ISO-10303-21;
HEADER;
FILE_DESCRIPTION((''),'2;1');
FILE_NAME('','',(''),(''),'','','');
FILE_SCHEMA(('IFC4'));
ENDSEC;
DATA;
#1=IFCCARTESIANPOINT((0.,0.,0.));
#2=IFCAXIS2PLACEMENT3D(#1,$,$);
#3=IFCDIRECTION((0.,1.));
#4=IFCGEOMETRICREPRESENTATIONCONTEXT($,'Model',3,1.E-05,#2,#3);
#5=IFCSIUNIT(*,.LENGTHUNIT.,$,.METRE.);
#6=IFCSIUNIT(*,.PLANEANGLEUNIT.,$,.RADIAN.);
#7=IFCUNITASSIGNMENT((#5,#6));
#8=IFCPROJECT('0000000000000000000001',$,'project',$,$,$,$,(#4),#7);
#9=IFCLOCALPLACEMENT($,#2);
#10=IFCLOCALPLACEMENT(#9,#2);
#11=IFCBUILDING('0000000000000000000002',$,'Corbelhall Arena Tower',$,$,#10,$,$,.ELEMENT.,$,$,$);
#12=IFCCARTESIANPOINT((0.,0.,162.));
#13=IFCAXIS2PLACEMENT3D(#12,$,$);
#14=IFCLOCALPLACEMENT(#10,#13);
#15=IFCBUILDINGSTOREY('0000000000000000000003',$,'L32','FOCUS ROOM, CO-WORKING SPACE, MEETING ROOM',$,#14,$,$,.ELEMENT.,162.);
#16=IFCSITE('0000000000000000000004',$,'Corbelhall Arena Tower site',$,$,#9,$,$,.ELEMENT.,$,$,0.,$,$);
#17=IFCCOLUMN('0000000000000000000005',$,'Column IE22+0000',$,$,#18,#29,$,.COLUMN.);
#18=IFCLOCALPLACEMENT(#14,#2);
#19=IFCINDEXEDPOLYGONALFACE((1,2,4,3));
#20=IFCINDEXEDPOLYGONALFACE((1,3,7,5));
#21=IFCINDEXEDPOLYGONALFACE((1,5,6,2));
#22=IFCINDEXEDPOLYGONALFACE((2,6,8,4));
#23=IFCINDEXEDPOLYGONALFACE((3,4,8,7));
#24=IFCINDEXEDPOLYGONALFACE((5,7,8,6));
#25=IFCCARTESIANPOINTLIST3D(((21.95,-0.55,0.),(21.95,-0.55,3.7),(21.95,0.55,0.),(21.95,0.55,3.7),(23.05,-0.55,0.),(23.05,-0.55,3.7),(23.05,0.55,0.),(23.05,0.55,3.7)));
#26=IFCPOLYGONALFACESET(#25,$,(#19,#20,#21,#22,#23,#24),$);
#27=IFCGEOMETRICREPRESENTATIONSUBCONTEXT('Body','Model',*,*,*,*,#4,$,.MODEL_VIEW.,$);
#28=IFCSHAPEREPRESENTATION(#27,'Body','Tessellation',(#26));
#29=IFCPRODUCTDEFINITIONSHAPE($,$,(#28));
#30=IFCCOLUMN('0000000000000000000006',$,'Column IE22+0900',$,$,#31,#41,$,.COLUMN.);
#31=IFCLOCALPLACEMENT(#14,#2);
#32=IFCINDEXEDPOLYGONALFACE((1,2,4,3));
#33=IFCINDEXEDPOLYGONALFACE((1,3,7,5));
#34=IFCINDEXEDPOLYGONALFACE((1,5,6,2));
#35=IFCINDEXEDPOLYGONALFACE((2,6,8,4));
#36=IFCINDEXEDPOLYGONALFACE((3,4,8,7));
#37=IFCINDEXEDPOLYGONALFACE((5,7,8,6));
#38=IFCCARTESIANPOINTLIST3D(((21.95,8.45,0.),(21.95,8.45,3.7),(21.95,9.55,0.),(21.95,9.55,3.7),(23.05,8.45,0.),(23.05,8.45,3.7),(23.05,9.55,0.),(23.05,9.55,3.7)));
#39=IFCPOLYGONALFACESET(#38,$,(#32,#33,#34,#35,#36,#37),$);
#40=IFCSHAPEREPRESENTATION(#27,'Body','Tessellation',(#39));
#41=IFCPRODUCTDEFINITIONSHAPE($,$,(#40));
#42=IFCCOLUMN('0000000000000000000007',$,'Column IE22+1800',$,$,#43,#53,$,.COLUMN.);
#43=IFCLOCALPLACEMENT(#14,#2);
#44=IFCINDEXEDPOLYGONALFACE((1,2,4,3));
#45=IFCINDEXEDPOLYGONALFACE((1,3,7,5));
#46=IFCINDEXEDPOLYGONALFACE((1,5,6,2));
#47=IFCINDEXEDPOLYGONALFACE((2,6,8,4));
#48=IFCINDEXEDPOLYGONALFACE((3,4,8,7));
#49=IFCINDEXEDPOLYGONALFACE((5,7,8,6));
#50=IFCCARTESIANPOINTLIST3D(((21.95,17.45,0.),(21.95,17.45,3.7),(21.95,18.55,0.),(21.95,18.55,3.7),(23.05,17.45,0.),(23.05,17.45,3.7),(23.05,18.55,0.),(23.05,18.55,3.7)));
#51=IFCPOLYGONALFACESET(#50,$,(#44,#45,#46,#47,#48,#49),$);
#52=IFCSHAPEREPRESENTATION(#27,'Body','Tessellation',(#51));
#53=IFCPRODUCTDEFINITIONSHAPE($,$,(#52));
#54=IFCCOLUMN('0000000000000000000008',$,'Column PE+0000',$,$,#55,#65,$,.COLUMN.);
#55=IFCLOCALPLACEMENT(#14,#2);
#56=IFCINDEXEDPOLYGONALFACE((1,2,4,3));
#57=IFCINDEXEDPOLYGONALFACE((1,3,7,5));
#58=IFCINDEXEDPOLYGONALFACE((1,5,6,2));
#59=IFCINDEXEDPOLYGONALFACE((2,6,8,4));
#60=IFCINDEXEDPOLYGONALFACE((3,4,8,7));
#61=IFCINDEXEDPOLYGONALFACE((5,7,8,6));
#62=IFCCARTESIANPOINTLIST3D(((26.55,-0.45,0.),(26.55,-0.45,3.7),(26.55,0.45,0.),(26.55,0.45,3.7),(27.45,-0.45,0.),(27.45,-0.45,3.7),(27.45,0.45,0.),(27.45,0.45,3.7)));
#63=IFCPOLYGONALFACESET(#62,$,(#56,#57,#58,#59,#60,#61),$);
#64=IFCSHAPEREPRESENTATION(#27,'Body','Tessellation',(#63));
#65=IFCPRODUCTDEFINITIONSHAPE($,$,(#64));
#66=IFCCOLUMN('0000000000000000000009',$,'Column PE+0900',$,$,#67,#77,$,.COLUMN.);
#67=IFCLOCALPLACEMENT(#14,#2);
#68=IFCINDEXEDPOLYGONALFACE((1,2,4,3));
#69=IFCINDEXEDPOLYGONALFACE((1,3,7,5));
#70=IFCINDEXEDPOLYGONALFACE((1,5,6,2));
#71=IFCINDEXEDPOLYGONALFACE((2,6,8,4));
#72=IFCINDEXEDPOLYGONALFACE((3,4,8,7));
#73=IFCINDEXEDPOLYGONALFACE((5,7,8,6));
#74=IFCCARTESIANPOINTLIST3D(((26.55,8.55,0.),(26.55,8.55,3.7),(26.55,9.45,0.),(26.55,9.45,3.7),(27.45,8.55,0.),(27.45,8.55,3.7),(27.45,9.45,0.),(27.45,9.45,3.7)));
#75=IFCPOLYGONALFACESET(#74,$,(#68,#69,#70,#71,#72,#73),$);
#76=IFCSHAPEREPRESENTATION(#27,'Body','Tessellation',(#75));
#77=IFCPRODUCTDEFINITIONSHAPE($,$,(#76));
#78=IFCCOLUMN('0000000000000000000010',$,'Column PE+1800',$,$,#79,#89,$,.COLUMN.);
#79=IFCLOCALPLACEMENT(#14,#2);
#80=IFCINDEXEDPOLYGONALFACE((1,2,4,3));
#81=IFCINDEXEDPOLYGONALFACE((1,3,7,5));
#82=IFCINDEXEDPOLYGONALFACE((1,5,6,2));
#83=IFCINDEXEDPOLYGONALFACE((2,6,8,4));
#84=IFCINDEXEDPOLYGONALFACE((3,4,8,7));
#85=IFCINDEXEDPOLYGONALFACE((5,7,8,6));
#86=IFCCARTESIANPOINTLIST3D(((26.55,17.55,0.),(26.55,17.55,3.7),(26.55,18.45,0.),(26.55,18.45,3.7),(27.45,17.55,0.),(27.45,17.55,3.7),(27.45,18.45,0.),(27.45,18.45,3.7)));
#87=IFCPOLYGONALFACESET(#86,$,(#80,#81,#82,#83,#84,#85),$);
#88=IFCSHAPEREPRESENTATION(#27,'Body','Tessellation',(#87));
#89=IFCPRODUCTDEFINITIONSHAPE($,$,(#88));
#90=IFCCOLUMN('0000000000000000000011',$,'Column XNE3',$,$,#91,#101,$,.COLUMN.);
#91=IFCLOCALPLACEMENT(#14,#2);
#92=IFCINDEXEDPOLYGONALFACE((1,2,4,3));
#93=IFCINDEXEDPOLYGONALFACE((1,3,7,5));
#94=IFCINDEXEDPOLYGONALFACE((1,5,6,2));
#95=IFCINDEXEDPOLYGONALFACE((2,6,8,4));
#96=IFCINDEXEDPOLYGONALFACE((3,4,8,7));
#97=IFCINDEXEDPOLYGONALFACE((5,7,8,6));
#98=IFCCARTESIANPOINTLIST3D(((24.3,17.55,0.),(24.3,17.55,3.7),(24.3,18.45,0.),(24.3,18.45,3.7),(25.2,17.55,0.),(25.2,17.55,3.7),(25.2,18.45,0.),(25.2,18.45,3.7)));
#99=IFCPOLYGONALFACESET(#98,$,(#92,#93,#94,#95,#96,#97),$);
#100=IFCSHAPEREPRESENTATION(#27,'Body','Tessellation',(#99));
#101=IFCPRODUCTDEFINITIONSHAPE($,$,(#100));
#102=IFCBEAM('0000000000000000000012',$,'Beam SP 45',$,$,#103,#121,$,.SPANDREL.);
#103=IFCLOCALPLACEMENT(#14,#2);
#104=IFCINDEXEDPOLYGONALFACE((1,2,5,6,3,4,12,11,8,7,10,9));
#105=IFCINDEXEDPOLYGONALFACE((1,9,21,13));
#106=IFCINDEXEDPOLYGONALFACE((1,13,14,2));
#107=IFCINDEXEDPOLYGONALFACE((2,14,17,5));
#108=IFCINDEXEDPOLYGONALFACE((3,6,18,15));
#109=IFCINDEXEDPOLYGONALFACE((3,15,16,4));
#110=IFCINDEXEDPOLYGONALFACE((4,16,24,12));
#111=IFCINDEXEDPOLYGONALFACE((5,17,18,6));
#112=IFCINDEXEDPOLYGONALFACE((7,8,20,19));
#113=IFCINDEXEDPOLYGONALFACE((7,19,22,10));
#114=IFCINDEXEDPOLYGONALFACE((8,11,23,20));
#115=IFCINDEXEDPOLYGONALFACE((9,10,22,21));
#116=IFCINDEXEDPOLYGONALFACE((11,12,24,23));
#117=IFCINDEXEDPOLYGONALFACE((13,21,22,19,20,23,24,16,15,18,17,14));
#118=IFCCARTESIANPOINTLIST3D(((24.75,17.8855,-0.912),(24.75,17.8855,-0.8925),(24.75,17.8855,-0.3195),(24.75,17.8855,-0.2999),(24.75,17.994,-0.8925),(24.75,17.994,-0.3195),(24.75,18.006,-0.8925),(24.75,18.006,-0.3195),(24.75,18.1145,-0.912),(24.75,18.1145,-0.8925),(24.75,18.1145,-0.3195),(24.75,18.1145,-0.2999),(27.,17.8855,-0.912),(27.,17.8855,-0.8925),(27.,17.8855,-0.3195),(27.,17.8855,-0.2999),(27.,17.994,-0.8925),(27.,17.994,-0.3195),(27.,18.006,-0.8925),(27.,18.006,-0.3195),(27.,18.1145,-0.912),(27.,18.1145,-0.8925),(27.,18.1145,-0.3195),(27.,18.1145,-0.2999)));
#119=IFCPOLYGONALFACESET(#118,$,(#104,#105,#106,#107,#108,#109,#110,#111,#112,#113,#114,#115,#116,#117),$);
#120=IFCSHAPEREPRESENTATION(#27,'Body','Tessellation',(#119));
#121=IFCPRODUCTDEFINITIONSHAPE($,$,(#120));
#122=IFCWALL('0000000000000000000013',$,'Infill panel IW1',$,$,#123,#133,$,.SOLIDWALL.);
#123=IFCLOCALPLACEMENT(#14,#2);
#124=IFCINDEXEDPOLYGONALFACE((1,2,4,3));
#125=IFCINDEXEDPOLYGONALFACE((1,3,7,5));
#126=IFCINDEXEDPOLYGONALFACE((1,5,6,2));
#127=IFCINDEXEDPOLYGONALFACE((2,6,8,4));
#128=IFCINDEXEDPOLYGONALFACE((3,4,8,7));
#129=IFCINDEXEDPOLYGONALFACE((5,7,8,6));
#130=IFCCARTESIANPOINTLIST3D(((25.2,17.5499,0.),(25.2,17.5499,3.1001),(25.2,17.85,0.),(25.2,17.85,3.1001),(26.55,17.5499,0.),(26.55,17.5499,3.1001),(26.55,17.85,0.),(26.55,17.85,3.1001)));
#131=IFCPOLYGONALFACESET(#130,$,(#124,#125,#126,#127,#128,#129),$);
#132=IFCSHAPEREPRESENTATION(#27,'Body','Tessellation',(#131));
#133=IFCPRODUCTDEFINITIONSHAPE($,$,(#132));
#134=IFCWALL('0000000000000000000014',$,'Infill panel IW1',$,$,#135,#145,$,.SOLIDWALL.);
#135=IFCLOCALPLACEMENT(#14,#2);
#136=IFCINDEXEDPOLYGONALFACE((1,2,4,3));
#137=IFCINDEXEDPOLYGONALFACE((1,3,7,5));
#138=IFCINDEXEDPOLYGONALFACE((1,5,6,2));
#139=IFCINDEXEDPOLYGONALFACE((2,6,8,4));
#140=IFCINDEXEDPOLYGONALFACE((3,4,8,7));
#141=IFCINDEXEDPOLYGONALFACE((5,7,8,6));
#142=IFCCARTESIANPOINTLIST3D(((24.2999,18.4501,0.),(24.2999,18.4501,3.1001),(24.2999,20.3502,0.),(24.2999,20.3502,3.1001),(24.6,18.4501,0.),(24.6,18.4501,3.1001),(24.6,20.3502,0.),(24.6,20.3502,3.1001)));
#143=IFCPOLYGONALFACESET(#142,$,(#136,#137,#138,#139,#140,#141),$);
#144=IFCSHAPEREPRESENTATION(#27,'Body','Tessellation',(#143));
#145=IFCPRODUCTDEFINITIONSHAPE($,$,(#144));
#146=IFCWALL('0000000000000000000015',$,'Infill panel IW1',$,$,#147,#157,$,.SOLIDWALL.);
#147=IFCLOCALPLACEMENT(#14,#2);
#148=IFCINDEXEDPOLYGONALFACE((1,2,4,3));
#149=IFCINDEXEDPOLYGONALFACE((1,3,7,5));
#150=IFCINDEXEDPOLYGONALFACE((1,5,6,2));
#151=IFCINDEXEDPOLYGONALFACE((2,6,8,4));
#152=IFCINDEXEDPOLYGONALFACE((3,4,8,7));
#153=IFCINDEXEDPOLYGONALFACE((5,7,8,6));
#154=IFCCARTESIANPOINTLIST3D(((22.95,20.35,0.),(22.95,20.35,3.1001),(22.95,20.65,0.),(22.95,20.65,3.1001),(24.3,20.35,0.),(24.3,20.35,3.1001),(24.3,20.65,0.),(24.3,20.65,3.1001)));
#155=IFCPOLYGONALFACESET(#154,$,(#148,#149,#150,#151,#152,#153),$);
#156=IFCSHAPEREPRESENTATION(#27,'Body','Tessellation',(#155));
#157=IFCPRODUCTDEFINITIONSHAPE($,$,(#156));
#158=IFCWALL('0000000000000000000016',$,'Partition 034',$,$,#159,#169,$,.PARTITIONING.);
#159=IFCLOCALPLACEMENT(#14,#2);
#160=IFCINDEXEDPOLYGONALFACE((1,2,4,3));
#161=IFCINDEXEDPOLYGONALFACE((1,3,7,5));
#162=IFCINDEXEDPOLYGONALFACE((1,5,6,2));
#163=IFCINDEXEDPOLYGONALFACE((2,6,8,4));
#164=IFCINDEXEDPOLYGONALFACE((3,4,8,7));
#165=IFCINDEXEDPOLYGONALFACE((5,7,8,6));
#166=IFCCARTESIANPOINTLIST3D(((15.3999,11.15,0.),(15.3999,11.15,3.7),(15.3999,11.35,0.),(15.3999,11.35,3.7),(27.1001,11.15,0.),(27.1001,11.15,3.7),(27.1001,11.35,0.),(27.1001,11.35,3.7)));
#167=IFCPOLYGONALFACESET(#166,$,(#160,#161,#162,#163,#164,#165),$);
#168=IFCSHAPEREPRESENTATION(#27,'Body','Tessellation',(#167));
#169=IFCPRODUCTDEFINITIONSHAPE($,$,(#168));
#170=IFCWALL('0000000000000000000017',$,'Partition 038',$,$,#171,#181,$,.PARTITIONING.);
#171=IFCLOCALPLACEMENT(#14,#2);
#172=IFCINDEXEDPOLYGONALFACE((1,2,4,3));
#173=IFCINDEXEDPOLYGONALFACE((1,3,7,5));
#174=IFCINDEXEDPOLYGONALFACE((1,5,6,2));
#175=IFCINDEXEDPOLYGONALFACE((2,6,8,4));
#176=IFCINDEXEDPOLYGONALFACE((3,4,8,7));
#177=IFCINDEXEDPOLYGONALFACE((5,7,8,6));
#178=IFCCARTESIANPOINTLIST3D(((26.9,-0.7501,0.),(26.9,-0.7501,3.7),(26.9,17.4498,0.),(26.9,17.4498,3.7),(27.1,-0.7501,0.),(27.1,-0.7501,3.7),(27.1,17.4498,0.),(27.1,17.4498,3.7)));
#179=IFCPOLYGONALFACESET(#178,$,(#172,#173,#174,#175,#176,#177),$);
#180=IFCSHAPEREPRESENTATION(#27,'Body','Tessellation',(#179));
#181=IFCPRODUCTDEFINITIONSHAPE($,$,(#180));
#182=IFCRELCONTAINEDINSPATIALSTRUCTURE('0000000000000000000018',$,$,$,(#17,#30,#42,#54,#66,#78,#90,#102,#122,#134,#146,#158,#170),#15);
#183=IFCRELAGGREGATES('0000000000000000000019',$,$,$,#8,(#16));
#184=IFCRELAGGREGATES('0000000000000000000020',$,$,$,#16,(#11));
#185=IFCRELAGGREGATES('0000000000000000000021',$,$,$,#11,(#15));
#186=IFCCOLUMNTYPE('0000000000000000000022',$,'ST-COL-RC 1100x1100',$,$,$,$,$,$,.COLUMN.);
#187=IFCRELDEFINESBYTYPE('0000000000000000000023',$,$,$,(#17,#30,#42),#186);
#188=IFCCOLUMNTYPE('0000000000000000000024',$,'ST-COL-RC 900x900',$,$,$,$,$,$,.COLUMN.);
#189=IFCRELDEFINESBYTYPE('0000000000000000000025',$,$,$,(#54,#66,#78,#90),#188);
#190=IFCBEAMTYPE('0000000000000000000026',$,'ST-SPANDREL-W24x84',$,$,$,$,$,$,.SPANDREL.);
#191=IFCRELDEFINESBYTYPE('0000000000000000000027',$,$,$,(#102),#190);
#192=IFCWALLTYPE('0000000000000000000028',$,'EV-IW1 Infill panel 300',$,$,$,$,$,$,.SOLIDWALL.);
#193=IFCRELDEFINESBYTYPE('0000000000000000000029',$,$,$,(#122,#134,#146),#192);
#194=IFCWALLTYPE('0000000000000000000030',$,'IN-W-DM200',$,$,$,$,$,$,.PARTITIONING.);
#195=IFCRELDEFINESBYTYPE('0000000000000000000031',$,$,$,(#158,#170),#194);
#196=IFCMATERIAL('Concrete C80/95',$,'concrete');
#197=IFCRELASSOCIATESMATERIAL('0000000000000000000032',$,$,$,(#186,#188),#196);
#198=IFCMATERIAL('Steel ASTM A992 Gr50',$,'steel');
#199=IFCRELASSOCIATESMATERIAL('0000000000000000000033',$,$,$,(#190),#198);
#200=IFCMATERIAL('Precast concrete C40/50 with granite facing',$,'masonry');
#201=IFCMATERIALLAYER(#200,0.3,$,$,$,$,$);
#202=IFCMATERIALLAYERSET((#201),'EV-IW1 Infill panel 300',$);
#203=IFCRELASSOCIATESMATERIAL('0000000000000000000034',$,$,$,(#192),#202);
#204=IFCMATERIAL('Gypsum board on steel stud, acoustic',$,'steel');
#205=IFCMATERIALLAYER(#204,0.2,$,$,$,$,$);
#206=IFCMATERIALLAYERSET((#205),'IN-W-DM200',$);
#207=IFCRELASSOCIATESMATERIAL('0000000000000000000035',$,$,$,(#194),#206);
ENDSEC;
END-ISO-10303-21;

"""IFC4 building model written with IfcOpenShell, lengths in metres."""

from ifc_helpers import new_model, si_unit, direction, frame, frame_2d, origin, origin_2d, place, context, subcontext, project, spatial, rectangle, i_section, extrude, material, layer, layer_set, material_profile, profile_set, type_object, element, save


model = new_model("IFC4")

# Units and contexts
model_context = context("Model", 3, precision=1e-05, world=origin(), true_north=direction((0.0, 1.0)))
body_context = subcontext(model_context, "Body", "Model", "MODEL_VIEW")
ifc_project = project(units=[si_unit("LENGTHUNIT", "METRE"), si_unit("PLANEANGLEUNIT", "RADIAN")], contexts=[model_context])

# Site, building, storey
site_placement = place(None, origin())
site = spatial("IfcSite", under=ifc_project, at=site_placement, Name="Corbelhall Arena Tower site", CompositionType="ELEMENT", RefElevation=0.0)
building_placement = place(site_placement, origin())
building = spatial("IfcBuilding", under=site, at=building_placement, Name="Corbelhall Arena Tower", CompositionType="ELEMENT")
storey_placement = place(building_placement, frame((0.0, 0.0, 162.0)))
storey = spatial("IfcBuildingStorey", under=building, at=storey_placement, Name="L32", Description="FOCUS ROOM, CO-WORKING SPACE, MEETING ROOM", CompositionType="ELEMENT", Elevation=162.0)

# Columns
ifc_material_1 = material(Name="Concrete C80/95", Category="concrete")
ifc_material_profile_1 = material_profile(ifc_material_1, rectangle(XDim=1.1001, YDim=1.1001, at=origin_2d()))
ifc_profile_set_1 = profile_set([ifc_material_profile_1], Name="Concrete C80/95")
column_type_1 = type_object("IfcColumnType", Name="ST-COL-RC 1100x1100", PredefinedType="COLUMN", material=ifc_profile_set_1)
for number, where, z_axis, x_axis, name in (
    (1, (22.5, 0.0, 0.0), (0.0, 0.0, 1.0), (1.0, 0.0, 0.0), "Column IE22+0000"),
    (2, (22.5, 9.0, 0.0), (0.0, 0.0, 1.0), (1.0, 0.0, 0.0), "Column IE22+0900"),
    (3, (22.5, 18.0, 0.0), (0.0, 0.0, 1.0), (1.0, 0.0, 0.0), "Column IE22+1800"),
):
    element("IfcColumn", number, at=place(storey_placement, frame(where, z_axis=z_axis, x_axis=x_axis)), inside=storey, type_object=column_type_1, Name=name, PredefinedType="COLUMN", context=body_context, shape_type="SweptSolid", body=[
        extrude(rectangle(XDim=1.1001, YDim=1.1001, at=origin_2d()), origin(), (0.0, 0.0, 1.0), 3.7),
    ])
ifc_material_profile_2 = material_profile(ifc_material_1, rectangle(XDim=0.8999, YDim=0.8999, at=origin_2d()))
ifc_profile_set_2 = profile_set([ifc_material_profile_2], Name="Concrete C80/95")
column_type_2 = type_object("IfcColumnType", Name="ST-COL-RC 900x900", PredefinedType="COLUMN", material=ifc_profile_set_2)
for number, where, z_axis, x_axis, name in (
    (4, (27.0, 0.0, 0.0), (0.0, 0.0, 1.0), (1.0, 0.0, 0.0), "Column PE+0000"),
    (5, (27.0, 9.0, 0.0), (0.0, 0.0, 1.0), (1.0, 0.0, 0.0), "Column PE+0900"),
    (6, (27.0, 18.0, 0.0), (0.0, 0.0, 1.0), (1.0, 0.0, 0.0), "Column PE+1800"),
    (7, (24.75, 18.0, 0.0), (0.0, 0.0, 1.0), (1.0, 0.0, 0.0), "Column XNE3"),
):
    element("IfcColumn", number, at=place(storey_placement, frame(where, z_axis=z_axis, x_axis=x_axis)), inside=storey, type_object=column_type_2, Name=name, PredefinedType="COLUMN", context=body_context, shape_type="SweptSolid", body=[
        extrude(rectangle(XDim=0.8999, YDim=0.8999, at=origin_2d()), origin(), (0.0, 0.0, 1.0), 3.7),
    ])

# Beam
ifc_material_2 = material(Name="Steel ASTM A992 Gr50", Category="steel")
ifc_material_profile_3 = material_profile(ifc_material_2, i_section(OverallWidth=0.229, OverallDepth=0.6121, WebThickness=0.012, FlangeThickness=0.0195, at=origin_2d()))
ifc_profile_set_3 = profile_set([ifc_material_profile_3], Name="Steel ASTM A992 Gr50")
beam_type = type_object("IfcBeamType", Name="ST-SPANDREL-W24x84", PredefinedType="SPANDREL", material=ifc_profile_set_3)
beam_placement = place(storey_placement, frame((24.75, 18.0, -0.606), z_axis=(1.0, 0.0, 0.0), x_axis=(0.0, 1.0, 0.0)))
element("IfcBeam", 8, at=beam_placement, inside=storey, type_object=beam_type, Name="Beam SP 45", PredefinedType="SPANDREL", context=body_context, shape_type="SweptSolid", body=[
    extrude(i_section(OverallWidth=0.229, OverallDepth=0.6121, WebThickness=0.012, FlangeThickness=0.0195, at=origin_2d()), origin(), (0.0, 0.0, 1.0), 2.25),
])

# Walls
ifc_material_3 = material(Name="Precast concrete C40/50 with granite facing", Category="masonry")
ifc_layer_1 = layer(ifc_material_3, 0.3)
ifc_layer_set_1 = layer_set([ifc_layer_1], Name="EV-IW1 Infill panel 300")
wall_type_1 = type_object("IfcWallType", Name="EV-IW1 Infill panel 300", PredefinedType="SOLIDWALL", material=ifc_layer_set_1)
wall_1_placement = place(storey_placement, frame((26.55, 17.7, 0.0), z_axis=(0.0, 0.0, 1.0), x_axis=(-1.0, 0.0, 0.0)))
element("IfcWall", 9, at=wall_1_placement, inside=storey, type_object=wall_type_1, Name="Infill panel IW1", PredefinedType="SOLIDWALL", context=body_context, shape_type="SweptSolid", body=[
    extrude(rectangle(XDim=1.3501, YDim=0.3, at=frame_2d((0.675, 0.0))), origin(), (0.0, 0.0, 1.0), 3.1001),
])
wall_2_placement = place(storey_placement, frame((24.45, 18.45, 0.0), z_axis=(0.0, 0.0, 1.0), x_axis=(0.0, 1.0, 0.0)))
element("IfcWall", 10, at=wall_2_placement, inside=storey, type_object=wall_type_1, Name="Infill panel IW1", PredefinedType="SOLIDWALL", context=body_context, shape_type="SweptSolid", body=[
    extrude(rectangle(XDim=1.9001, YDim=0.3, at=frame_2d((0.9502, 0.0))), origin(), (0.0, 0.0, 1.0), 3.1001),
])
wall_3_placement = place(storey_placement, frame((24.3, 20.5, 0.0), z_axis=(0.0, 0.0, 1.0), x_axis=(-1.0, 0.0, 0.0)))
element("IfcWall", 11, at=wall_3_placement, inside=storey, type_object=wall_type_1, Name="Infill panel IW1", PredefinedType="SOLIDWALL", context=body_context, shape_type="SweptSolid", body=[
    extrude(rectangle(XDim=1.3501, YDim=0.3, at=frame_2d((0.675, 0.0))), origin(), (0.0, 0.0, 1.0), 3.1001),
])
ifc_material_4 = material(Name="Gypsum board on steel stud, acoustic", Category="steel")
ifc_layer_2 = layer(ifc_material_4, 0.2)
ifc_layer_set_2 = layer_set([ifc_layer_2], Name="IN-W-DM200")
wall_type_2 = type_object("IfcWallType", Name="IN-W-DM200", PredefinedType="PARTITIONING", material=ifc_layer_set_2)
wall_4_placement = place(storey_placement, frame((15.3999, 11.25, 0.0), z_axis=(0.0, 0.0, 1.0), x_axis=(1.0, 0.0, 0.0)))
element("IfcWall", 12, at=wall_4_placement, inside=storey, type_object=wall_type_2, Name="Partition 034", PredefinedType="PARTITIONING", context=body_context, shape_type="SweptSolid", body=[
    extrude(rectangle(XDim=11.7002, YDim=0.2, at=frame_2d((5.8501, 0.0))), origin(), (0.0, 0.0, 1.0), 3.7),
])
wall_5_placement = place(storey_placement, frame((27.0, 17.45, 0.0), z_axis=(0.0, 0.0, 1.0), x_axis=(0.0, -1.0, 0.0)))
element("IfcWall", 13, at=wall_5_placement, inside=storey, type_object=wall_type_2, Name="Partition 038", PredefinedType="PARTITIONING", context=body_context, shape_type="SweptSolid", body=[
    extrude(rectangle(XDim=18.2, YDim=0.2, at=frame_2d((9.1001, 0.0))), origin(), (0.0, 0.0, 1.0), 3.7),
])

save(model, "model.ifc")
